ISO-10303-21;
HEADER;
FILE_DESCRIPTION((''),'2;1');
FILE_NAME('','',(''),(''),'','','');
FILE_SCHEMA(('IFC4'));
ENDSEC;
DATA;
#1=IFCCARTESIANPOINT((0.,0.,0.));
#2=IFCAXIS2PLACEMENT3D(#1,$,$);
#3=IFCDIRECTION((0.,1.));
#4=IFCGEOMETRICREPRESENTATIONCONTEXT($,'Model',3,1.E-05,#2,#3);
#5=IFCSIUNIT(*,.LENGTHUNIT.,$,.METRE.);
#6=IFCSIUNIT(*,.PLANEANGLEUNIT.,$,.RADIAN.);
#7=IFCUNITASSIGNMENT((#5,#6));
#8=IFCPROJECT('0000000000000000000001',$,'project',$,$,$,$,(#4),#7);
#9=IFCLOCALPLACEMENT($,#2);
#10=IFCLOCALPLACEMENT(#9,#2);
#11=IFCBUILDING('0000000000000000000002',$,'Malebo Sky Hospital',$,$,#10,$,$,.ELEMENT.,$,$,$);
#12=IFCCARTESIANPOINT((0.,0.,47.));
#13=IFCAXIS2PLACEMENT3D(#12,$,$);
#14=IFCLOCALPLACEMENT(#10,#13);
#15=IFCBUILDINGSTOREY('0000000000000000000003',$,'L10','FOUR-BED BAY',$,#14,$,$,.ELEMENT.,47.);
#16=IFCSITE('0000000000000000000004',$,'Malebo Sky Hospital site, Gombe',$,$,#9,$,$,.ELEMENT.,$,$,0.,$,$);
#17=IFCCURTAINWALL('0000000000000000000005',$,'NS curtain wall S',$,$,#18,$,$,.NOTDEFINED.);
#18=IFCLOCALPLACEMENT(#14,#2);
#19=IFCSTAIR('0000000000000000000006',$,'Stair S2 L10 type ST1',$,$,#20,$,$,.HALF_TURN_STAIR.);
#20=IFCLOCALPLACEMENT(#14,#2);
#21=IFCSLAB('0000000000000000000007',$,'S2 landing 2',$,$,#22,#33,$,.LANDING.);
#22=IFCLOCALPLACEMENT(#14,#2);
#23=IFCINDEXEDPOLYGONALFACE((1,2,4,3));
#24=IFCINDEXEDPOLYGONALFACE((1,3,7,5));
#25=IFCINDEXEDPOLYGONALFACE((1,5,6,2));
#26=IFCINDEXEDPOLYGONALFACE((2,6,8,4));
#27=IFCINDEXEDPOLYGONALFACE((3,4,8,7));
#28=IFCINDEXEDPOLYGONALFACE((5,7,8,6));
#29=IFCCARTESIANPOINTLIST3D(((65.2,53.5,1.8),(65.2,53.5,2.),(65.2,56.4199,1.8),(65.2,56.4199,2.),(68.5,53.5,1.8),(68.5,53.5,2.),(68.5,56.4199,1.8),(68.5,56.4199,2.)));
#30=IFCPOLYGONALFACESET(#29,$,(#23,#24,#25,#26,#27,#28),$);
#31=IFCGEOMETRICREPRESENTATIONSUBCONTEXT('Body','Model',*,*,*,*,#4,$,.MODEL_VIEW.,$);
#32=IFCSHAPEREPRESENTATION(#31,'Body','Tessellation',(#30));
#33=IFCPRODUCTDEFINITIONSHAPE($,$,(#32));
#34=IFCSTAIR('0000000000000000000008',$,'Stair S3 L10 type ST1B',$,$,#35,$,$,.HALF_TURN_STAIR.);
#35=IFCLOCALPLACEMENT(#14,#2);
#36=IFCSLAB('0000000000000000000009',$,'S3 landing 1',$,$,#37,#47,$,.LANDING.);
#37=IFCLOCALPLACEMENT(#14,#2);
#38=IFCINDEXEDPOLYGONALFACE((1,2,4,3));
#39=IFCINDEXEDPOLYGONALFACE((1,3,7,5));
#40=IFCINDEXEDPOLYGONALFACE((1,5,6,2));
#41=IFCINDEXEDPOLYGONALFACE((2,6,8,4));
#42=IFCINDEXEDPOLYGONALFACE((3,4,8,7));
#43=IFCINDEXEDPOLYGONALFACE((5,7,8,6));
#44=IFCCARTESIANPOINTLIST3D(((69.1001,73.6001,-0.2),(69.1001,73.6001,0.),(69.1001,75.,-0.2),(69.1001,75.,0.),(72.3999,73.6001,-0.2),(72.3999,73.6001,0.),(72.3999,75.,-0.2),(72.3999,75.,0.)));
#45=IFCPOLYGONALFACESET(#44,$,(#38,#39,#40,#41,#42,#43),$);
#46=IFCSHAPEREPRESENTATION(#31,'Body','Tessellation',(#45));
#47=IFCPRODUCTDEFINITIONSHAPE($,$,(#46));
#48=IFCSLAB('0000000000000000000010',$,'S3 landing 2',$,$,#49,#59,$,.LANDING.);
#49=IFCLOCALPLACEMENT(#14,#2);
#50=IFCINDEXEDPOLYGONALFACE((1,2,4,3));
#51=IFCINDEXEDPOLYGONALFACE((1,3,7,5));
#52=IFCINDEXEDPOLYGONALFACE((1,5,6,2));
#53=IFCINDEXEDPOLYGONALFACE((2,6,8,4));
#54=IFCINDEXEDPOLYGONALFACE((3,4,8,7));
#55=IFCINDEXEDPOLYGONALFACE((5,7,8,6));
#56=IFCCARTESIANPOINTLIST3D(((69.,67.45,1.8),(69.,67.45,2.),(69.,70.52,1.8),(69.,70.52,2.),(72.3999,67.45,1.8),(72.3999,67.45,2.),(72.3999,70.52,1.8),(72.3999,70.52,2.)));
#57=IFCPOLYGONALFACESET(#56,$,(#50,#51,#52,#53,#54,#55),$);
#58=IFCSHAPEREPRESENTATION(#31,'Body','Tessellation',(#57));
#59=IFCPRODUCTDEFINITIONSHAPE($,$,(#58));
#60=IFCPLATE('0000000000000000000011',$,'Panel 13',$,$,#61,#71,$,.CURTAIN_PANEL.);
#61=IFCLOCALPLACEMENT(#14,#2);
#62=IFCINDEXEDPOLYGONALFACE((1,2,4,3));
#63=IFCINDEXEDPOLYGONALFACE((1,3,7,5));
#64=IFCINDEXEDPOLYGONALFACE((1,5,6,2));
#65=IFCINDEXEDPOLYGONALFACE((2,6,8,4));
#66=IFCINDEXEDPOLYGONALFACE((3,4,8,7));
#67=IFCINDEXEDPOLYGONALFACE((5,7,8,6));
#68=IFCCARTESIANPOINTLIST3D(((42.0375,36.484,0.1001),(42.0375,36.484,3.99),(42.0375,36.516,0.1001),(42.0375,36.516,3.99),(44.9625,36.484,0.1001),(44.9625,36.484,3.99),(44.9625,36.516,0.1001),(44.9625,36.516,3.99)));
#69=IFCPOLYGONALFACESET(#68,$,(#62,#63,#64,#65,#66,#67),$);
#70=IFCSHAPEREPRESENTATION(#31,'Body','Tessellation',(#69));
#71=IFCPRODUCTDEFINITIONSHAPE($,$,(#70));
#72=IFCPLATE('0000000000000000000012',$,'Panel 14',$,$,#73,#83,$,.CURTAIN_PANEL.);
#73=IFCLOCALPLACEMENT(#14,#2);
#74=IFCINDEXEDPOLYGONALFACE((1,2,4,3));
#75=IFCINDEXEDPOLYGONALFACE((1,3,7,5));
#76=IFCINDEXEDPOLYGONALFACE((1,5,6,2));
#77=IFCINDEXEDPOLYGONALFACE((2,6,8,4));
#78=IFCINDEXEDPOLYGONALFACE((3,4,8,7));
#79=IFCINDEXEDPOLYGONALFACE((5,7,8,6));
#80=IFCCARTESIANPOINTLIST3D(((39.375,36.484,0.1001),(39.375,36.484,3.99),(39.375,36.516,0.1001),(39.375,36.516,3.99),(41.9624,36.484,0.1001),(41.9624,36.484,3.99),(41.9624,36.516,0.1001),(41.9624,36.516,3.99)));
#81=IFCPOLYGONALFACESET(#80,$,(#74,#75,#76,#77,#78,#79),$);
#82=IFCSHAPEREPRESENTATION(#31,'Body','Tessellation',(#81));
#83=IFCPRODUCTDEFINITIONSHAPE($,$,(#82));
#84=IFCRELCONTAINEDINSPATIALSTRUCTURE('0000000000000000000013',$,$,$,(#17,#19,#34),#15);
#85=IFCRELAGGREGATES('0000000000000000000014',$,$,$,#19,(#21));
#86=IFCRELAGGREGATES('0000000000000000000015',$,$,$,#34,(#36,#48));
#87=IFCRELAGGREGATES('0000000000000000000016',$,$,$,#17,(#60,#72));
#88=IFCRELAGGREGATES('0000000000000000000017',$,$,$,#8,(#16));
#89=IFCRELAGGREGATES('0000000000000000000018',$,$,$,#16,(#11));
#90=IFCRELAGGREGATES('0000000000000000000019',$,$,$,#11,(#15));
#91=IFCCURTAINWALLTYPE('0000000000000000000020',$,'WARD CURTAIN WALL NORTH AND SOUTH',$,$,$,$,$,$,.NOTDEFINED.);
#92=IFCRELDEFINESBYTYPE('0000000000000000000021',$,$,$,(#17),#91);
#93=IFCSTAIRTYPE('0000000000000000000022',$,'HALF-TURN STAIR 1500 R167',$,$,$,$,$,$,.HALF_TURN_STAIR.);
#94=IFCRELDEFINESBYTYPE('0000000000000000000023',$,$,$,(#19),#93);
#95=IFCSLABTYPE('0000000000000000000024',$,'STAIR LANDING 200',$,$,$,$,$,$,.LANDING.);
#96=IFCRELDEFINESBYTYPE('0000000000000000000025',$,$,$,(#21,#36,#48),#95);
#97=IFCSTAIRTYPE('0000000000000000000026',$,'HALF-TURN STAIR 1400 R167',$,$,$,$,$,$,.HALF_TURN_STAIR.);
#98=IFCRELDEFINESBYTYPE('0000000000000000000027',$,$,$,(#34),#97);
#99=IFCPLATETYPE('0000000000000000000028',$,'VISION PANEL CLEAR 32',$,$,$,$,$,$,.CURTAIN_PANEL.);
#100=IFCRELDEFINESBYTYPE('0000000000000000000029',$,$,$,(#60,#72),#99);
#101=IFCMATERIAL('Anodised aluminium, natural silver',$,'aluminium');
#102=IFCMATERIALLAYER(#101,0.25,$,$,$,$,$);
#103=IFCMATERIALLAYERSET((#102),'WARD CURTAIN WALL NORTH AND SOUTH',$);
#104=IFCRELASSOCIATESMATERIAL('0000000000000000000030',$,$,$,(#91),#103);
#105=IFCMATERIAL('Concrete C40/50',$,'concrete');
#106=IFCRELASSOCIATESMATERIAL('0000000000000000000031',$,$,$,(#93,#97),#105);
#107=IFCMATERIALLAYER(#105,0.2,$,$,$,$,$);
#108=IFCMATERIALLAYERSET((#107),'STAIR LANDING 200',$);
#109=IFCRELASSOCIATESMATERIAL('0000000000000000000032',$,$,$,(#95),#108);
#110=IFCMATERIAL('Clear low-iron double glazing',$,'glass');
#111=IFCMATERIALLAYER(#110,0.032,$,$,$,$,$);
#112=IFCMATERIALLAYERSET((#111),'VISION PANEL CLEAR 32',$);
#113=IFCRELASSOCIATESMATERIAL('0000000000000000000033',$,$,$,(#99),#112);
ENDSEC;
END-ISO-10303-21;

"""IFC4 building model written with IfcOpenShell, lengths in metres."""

from ifc_helpers import new_model, si_unit, direction, frame, origin, origin_2d, place, context, subcontext, project, spatial, polyline, rectangle, outline, extrude, material, layer, layer_set, type_object, element, aggregate, save


model = new_model("IFC4")

# Units and contexts
model_context = context("Model", 3, precision=1e-05, world=origin(), true_north=direction((0.0, 1.0)))
body_context = subcontext(model_context, "Body", "Model", "MODEL_VIEW")
ifc_project = project(units=[si_unit("LENGTHUNIT", "METRE"), si_unit("PLANEANGLEUNIT", "RADIAN")], contexts=[model_context])

# Site, building, storey
site_placement = place(None, origin())
site = spatial("IfcSite", under=ifc_project, at=site_placement, Name="Malebo Sky Hospital site, Gombe", CompositionType="ELEMENT", RefElevation=0.0)
building_placement = place(site_placement, origin())
building = spatial("IfcBuilding", under=site, at=building_placement, Name="Malebo Sky Hospital", CompositionType="ELEMENT")
storey_placement = place(building_placement, frame((0.0, 0.0, 47.0)))
storey = spatial("IfcBuildingStorey", under=building, at=storey_placement, Name="L10", Description="FOUR-BED BAY", CompositionType="ELEMENT", Elevation=47.0)

# Curtain wall
ifc_material_1 = material(Name="Anodised aluminium, natural silver", Category="aluminium")
ifc_layer_1 = layer(ifc_material_1, 0.25)
ifc_layer_set_1 = layer_set([ifc_layer_1], Name="WARD CURTAIN WALL NORTH AND SOUTH")
curtain_wall_type = type_object("IfcCurtainWallType", Name="WARD CURTAIN WALL NORTH AND SOUTH", PredefinedType="NOTDEFINED", material=ifc_layer_set_1)
curtain_wall_placement = place(storey_placement, origin())
curtain_wall = element("IfcCurtainWall", 1, at=curtain_wall_placement, inside=storey, type_object=curtain_wall_type, Name="NS curtain wall S", PredefinedType="NOTDEFINED")

# Shared definitions
ifc_material_2 = material(Name="Concrete C40/50", Category="concrete")

# Stairs, slabs
stair_type_1 = type_object("IfcStairType", Name="HALF-TURN STAIR 1500 R167", PredefinedType="HALF_TURN_STAIR", material=ifc_material_2)
ifc_layer_2 = layer(ifc_material_2, 0.2)
ifc_layer_set_2 = layer_set([ifc_layer_2], Name="STAIR LANDING 200")
slab_type_1 = type_object("IfcSlabType", Name="STAIR LANDING 200", PredefinedType="LANDING", material=ifc_layer_set_2)
stair_1_placement = place(storey_placement, origin())
stair_1 = element("IfcStair", 2, at=stair_1_placement, inside=storey, type_object=stair_type_1, Name="Stair S2 L10 type ST1", PredefinedType="HALF_TURN_STAIR")
slab_1_placement = place(storey_placement, frame((0.0, 0.0, 1.8)))
slab_1 = element("IfcSlab", 3, at=slab_1_placement, type_object=slab_type_1, Name="S2 landing 2", PredefinedType="LANDING", context=body_context, shape_type="SweptSolid", body=[
    extrude(outline(polyline([(65.2, 53.5), (68.5, 53.5), (68.5, 56.4199), (65.2, 56.4199), (65.2, 53.5)])), origin(), (0.0, 0.0, 1.0), 0.2),
])
aggregate(stair_1, [slab_1])
stair_type_2 = type_object("IfcStairType", Name="HALF-TURN STAIR 1400 R167", PredefinedType="HALF_TURN_STAIR", material=ifc_material_2)
stair_2_placement = place(storey_placement, origin())
stair_2 = element("IfcStair", 4, at=stair_2_placement, inside=storey, type_object=stair_type_2, Name="Stair S3 L10 type ST1B", PredefinedType="HALF_TURN_STAIR")
slab_2_placement = place(storey_placement, frame((0.0, 0.0, -0.2)))
slab_2 = element("IfcSlab", 5, at=slab_2_placement, type_object=slab_type_1, Name="S3 landing 1", PredefinedType="LANDING", context=body_context, shape_type="SweptSolid", body=[
    extrude(outline(polyline([(69.1001, 73.6001), (72.3999, 73.6001), (72.3999, 75.0), (69.1001, 75.0), (69.1001, 73.6001)])), origin(), (0.0, 0.0, 1.0), 0.2),
])
slab_3_placement = place(storey_placement, frame((0.0, 0.0, 1.8)))
slab_3 = element("IfcSlab", 6, at=slab_3_placement, type_object=slab_type_1, Name="S3 landing 2", PredefinedType="LANDING", context=body_context, shape_type="SweptSolid", body=[
    extrude(outline(polyline([(69.0, 67.45), (72.3999, 67.45), (72.3999, 70.52), (69.0, 70.52), (69.0, 67.45)])), origin(), (0.0, 0.0, 1.0), 0.2),
])
aggregate(stair_2, [slab_2, slab_3])

# Plates
ifc_material_3 = material(Name="Clear low-iron double glazing", Category="glass")
ifc_layer_3 = layer(ifc_material_3, 0.032)
ifc_layer_set_3 = layer_set([ifc_layer_3], Name="VISION PANEL CLEAR 32")
plate_type = type_object("IfcPlateType", Name="VISION PANEL CLEAR 32", PredefinedType="CURTAIN_PANEL", material=ifc_layer_set_3)
plate_1_placement = place(storey_placement, frame((43.5, 36.5, 0.1001), z_axis=(0.0, 0.0, 1.0), x_axis=(-1.0, 0.0, 0.0)))
plate_1 = element("IfcPlate", 7, at=plate_1_placement, type_object=plate_type, Name="Panel 13", PredefinedType="CURTAIN_PANEL", context=body_context, shape_type="SweptSolid", body=[
    extrude(rectangle(XDim=2.925, YDim=0.032, at=origin_2d()), origin(), (0.0, 0.0, 1.0), 3.8899),
])
plate_2_placement = place(storey_placement, frame((40.6687, 36.5, 0.1001), z_axis=(0.0, 0.0, 1.0), x_axis=(-1.0, 0.0, 0.0)))
plate_2 = element("IfcPlate", 8, at=plate_2_placement, type_object=plate_type, Name="Panel 14", PredefinedType="CURTAIN_PANEL", context=body_context, shape_type="SweptSolid", body=[
    extrude(rectangle(XDim=2.5874, YDim=0.032, at=origin_2d()), origin(), (0.0, 0.0, 1.0), 3.8899),
])
aggregate(curtain_wall, [plate_1, plate_2])

save(model, "model.ifc")
